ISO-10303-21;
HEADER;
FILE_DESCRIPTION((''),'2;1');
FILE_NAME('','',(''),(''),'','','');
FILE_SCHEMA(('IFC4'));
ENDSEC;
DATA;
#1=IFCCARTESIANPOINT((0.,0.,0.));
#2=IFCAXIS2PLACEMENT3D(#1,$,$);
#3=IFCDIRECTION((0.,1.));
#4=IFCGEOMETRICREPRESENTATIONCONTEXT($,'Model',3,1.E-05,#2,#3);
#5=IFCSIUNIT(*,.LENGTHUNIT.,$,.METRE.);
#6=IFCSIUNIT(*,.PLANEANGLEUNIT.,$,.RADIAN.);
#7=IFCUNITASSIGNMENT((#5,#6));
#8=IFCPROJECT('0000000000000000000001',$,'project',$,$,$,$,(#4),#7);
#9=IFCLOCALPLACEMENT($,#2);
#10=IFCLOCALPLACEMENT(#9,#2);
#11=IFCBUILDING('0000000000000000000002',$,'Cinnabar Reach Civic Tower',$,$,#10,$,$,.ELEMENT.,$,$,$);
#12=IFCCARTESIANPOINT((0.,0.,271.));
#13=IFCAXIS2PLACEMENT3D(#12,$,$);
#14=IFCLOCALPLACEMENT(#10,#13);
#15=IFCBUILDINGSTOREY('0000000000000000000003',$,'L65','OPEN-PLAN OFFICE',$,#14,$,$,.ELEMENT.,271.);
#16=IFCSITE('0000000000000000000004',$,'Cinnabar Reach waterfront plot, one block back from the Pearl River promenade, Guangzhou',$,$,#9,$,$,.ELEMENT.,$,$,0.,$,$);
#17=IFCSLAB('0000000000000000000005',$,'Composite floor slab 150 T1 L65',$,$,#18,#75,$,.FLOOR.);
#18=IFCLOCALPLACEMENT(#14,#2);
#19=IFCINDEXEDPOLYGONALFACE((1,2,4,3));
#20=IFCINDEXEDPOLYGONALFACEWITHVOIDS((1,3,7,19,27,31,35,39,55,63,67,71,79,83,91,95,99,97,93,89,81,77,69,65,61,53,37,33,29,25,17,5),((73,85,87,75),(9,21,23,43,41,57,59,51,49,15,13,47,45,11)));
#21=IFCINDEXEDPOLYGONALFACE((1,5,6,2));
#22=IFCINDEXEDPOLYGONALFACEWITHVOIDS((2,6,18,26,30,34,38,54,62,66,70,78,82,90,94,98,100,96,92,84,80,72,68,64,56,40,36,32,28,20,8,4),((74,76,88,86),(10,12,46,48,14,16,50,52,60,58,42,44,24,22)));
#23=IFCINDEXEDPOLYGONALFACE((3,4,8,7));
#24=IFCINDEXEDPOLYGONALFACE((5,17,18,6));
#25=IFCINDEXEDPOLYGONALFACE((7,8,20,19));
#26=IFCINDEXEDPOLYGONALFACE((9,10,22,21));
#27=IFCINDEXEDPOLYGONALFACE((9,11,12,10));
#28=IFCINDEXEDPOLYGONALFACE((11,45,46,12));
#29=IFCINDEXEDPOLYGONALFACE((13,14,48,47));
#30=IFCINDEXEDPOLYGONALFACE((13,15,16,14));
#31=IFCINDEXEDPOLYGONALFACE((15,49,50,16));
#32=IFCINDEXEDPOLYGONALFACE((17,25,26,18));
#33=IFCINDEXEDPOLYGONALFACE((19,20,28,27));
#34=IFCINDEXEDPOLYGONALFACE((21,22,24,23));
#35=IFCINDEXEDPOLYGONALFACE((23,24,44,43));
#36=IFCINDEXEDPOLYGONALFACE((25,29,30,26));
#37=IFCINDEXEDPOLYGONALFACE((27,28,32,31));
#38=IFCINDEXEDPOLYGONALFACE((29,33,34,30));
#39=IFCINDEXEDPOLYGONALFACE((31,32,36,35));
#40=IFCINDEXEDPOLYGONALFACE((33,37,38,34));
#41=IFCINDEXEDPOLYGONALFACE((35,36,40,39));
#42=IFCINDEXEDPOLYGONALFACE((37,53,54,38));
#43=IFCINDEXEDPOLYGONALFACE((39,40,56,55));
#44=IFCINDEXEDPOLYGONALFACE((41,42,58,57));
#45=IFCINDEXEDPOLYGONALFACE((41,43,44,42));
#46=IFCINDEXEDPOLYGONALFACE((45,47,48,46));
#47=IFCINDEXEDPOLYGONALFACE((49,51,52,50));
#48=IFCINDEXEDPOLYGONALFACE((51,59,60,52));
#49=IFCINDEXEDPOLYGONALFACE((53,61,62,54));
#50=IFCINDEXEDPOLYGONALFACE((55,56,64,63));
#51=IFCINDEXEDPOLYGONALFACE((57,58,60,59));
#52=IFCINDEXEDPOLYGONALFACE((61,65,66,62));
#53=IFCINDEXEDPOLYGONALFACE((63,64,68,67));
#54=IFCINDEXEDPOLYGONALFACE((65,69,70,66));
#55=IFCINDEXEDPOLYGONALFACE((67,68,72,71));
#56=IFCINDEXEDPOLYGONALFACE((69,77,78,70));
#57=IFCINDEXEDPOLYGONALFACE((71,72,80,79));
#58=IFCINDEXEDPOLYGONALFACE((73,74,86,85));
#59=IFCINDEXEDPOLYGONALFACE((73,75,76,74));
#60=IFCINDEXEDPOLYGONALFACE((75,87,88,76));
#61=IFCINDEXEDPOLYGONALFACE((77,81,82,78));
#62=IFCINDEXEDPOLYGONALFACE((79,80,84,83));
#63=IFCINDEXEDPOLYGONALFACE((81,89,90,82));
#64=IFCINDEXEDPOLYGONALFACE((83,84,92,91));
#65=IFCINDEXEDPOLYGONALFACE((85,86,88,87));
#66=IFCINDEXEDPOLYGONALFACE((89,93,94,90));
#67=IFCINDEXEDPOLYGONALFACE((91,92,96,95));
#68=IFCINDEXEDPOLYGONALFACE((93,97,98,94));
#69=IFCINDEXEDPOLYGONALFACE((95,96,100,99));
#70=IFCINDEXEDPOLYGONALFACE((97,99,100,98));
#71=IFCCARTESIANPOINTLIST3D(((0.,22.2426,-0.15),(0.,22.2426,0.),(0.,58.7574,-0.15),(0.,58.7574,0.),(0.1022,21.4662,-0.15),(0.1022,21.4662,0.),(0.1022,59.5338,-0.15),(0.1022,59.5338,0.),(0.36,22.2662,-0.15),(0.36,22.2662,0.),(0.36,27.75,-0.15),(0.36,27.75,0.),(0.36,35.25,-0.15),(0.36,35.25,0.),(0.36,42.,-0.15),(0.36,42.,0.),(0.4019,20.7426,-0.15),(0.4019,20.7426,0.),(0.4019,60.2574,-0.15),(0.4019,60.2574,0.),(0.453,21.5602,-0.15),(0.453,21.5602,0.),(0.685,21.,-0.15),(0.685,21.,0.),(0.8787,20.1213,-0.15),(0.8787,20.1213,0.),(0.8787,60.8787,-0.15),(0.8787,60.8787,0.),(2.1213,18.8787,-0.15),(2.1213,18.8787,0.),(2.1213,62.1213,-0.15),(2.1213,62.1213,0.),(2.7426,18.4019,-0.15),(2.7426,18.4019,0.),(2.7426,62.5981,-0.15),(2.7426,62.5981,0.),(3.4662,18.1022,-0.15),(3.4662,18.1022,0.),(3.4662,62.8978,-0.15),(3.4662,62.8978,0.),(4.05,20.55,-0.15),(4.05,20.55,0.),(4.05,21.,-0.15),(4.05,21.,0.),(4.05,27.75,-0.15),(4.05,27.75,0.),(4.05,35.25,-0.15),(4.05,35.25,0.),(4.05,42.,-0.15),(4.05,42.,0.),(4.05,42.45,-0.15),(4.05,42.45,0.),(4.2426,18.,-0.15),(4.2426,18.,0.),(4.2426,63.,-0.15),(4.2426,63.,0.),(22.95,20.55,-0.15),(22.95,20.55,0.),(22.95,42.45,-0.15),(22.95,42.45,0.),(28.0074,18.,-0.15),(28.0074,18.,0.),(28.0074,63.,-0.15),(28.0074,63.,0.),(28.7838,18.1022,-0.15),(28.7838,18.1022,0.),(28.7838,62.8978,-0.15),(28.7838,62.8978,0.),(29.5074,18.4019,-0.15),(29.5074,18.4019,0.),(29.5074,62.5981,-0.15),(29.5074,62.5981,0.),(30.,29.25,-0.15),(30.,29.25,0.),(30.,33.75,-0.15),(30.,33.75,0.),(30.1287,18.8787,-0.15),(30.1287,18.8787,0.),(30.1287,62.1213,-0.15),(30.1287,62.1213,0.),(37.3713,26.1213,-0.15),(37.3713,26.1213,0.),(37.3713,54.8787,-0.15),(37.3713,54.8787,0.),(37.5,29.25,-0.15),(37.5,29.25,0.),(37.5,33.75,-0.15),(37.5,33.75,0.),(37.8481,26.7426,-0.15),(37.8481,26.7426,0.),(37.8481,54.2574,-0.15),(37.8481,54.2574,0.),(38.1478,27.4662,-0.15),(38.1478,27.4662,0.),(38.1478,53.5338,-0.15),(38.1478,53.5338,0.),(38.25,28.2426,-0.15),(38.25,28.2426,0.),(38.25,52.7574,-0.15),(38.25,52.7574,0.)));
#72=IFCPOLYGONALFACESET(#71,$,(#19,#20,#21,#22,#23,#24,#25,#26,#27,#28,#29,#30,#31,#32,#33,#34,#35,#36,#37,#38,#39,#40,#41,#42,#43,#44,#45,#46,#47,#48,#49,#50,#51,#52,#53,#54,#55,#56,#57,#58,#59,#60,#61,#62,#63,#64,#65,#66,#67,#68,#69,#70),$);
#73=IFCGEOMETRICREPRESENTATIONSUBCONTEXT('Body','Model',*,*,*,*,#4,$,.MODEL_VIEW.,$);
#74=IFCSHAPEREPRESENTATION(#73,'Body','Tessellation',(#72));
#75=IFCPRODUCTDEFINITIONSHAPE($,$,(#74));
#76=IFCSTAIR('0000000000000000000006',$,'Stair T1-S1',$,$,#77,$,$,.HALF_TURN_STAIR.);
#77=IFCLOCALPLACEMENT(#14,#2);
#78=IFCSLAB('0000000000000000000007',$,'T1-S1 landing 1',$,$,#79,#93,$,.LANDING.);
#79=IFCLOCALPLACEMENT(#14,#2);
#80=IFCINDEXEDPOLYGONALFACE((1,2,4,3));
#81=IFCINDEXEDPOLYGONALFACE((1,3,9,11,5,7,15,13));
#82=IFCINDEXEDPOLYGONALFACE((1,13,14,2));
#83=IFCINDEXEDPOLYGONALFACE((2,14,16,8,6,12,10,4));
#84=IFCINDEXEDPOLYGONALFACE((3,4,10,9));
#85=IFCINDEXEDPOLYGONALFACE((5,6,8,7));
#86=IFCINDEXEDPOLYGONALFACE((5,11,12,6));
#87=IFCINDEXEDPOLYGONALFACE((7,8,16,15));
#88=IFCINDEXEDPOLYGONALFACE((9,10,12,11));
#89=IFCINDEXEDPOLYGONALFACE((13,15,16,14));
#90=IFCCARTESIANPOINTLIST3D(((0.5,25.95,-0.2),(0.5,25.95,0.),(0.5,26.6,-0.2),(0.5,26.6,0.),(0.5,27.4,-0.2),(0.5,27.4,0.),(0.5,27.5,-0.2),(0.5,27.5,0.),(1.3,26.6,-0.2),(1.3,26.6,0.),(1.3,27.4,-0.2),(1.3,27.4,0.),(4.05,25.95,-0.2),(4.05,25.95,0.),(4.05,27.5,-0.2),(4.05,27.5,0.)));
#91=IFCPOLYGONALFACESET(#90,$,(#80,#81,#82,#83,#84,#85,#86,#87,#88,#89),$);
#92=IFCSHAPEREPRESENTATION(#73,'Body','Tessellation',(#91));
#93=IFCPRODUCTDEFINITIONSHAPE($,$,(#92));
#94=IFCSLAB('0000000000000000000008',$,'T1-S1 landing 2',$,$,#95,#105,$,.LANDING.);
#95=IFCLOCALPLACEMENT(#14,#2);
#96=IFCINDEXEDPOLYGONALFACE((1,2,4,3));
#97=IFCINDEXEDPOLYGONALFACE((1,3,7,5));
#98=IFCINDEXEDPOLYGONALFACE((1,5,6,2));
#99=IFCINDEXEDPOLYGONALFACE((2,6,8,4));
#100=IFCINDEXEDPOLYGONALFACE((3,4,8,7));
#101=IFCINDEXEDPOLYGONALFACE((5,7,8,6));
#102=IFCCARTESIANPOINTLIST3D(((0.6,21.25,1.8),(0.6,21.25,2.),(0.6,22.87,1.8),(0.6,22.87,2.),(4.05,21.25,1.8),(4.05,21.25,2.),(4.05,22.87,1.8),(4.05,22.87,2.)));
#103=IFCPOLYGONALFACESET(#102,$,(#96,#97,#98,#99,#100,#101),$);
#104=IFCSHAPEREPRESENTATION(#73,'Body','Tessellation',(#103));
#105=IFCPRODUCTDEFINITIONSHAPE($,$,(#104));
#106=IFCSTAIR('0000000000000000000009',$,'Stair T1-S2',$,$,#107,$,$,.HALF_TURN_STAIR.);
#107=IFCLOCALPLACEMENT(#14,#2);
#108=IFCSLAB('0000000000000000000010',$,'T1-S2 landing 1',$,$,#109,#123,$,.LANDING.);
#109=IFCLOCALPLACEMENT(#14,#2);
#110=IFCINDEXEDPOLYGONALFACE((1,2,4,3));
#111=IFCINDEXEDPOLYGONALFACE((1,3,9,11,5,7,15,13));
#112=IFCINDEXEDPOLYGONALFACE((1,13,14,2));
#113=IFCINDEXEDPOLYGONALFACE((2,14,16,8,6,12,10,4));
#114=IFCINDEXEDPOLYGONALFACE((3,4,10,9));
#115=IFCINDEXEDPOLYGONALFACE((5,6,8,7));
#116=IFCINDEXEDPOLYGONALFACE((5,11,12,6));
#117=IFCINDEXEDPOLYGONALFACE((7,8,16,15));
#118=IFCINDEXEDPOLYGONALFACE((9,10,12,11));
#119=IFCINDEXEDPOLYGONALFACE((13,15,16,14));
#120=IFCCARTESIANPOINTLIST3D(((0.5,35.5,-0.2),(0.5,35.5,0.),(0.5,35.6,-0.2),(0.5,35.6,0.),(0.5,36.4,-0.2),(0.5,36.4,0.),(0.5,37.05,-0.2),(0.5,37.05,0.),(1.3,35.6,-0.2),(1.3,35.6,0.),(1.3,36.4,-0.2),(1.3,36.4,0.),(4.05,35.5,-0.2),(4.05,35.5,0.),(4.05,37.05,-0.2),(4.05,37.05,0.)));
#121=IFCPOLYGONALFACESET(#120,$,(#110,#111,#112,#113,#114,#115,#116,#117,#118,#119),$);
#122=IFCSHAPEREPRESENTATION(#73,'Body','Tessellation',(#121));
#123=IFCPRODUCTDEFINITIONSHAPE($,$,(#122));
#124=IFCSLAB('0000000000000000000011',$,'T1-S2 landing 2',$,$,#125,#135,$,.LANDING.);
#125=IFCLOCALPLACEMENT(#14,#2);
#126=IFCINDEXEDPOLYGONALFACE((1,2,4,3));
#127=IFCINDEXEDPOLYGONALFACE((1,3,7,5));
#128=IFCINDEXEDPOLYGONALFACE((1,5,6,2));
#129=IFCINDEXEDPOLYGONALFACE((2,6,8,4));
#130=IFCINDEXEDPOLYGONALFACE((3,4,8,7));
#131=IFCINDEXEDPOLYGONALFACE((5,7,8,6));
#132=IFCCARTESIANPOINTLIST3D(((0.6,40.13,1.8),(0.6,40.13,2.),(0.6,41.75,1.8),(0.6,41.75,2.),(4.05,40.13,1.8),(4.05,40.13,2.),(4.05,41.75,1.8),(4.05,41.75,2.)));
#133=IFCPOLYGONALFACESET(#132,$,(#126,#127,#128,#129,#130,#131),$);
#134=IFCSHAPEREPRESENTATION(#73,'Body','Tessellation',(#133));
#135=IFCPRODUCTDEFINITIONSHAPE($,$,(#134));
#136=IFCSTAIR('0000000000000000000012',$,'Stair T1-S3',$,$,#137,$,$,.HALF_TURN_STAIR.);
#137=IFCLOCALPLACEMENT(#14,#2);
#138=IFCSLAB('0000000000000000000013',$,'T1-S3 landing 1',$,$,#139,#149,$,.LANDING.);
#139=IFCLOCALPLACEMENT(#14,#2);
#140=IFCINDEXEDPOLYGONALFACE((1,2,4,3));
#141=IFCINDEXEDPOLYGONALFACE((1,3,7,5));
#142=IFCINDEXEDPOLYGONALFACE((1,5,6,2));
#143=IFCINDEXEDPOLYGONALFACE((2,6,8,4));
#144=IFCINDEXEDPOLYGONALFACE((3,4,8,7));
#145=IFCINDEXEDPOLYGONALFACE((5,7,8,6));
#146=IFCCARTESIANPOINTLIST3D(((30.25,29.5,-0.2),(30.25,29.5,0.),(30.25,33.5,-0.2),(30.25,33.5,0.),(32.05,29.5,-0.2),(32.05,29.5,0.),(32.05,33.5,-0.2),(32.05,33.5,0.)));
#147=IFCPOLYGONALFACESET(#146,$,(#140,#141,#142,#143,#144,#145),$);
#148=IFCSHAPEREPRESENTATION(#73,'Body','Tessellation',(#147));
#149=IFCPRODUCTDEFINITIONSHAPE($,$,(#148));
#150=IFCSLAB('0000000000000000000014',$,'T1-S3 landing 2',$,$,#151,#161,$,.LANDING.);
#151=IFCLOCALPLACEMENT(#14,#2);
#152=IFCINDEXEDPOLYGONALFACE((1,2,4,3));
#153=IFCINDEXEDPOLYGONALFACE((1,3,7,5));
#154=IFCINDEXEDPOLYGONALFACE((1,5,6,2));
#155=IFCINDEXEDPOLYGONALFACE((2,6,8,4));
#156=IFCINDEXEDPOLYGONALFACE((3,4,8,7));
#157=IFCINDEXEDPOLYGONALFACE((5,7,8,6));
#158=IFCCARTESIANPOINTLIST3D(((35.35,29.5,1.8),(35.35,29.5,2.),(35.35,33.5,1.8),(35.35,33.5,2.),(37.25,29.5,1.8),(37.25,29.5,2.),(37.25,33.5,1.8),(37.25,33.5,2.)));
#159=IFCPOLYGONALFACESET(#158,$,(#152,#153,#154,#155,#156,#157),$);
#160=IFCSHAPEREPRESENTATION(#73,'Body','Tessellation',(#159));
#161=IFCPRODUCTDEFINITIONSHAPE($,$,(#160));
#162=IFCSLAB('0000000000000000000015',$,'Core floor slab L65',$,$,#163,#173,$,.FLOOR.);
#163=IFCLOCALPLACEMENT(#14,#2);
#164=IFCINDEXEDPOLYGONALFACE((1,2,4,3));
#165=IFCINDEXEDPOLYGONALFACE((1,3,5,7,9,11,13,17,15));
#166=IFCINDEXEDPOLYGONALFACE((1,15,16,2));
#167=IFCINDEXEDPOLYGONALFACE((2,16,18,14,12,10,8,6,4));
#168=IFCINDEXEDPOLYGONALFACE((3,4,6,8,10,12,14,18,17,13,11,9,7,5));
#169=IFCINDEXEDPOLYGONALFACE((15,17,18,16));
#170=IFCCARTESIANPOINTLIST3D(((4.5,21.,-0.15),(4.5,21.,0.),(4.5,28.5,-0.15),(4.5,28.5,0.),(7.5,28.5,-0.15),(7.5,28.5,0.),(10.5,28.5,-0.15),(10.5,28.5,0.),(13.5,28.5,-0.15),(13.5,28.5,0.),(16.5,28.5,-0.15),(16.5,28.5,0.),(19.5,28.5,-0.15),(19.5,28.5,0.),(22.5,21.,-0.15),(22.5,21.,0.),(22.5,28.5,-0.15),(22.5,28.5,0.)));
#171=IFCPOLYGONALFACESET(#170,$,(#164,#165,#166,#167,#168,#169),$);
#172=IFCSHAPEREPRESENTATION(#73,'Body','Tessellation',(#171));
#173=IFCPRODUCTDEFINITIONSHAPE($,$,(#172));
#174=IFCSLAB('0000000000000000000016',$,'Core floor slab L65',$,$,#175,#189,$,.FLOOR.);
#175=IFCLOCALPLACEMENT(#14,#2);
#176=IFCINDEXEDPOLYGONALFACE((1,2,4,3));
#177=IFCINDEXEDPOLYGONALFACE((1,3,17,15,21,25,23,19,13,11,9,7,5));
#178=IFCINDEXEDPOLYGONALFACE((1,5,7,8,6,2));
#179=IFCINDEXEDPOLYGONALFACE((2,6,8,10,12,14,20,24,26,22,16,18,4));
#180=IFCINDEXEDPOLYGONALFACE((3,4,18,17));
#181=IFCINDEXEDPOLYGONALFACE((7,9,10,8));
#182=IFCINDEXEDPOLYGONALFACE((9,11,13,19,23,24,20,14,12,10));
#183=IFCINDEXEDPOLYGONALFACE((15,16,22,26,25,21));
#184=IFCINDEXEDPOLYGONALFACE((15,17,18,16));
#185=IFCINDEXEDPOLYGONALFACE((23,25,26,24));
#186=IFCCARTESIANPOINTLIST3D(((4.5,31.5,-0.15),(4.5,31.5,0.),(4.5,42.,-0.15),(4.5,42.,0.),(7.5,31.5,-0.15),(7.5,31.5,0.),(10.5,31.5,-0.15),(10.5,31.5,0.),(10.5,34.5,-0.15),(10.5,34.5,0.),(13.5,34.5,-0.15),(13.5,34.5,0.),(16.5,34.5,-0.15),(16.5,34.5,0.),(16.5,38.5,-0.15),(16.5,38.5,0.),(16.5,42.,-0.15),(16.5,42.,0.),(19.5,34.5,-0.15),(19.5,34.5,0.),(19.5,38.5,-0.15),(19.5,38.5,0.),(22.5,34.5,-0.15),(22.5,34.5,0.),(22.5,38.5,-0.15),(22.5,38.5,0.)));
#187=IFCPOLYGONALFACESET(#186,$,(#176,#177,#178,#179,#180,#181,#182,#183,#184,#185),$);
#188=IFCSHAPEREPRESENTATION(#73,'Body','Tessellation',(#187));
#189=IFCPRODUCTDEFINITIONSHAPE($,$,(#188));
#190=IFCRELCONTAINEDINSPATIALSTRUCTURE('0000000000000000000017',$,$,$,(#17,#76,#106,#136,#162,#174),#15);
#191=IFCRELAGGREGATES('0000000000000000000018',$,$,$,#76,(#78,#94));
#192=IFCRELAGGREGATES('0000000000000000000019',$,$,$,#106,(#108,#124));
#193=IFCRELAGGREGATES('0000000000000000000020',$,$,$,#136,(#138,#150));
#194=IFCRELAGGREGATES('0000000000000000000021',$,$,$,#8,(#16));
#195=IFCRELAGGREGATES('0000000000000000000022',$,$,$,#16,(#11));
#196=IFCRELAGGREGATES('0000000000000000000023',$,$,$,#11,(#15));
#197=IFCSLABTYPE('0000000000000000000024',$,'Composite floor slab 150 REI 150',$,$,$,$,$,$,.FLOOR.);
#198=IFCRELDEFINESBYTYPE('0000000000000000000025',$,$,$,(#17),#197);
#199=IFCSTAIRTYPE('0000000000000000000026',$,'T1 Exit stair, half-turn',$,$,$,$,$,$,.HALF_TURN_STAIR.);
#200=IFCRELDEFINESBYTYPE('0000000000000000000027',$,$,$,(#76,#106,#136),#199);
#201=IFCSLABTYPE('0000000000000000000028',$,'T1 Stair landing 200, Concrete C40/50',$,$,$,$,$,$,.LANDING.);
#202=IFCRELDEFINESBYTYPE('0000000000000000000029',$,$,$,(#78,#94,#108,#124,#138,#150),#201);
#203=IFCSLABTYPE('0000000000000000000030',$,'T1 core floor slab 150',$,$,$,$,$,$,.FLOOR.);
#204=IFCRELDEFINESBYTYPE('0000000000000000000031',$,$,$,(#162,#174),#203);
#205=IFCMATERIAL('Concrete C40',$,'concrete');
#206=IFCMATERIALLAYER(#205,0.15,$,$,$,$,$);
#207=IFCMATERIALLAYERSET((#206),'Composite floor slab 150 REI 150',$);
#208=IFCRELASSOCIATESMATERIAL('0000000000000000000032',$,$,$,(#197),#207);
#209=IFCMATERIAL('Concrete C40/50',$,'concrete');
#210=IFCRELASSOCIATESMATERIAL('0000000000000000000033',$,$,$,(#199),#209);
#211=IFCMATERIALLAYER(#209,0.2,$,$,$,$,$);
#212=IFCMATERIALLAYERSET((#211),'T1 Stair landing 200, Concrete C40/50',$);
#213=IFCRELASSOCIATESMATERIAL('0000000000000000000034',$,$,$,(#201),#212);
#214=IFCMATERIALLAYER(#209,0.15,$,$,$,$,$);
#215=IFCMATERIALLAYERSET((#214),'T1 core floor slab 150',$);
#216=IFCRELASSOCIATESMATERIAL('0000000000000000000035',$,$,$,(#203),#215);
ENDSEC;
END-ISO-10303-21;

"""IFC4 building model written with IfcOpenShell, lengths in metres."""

from ifc_helpers import new_model, si_unit, direction, frame, origin, place, context, subcontext, project, spatial, polyline, outline, extrude, material, layer, layer_set, type_object, element, aggregate, save


model = new_model("IFC4")

# Units and contexts
model_context = context("Model", 3, precision=1e-05, world=origin(), true_north=direction((0.0, 1.0)))
body_context = subcontext(model_context, "Body", "Model", "MODEL_VIEW")
ifc_project = project(units=[si_unit("LENGTHUNIT", "METRE"), si_unit("PLANEANGLEUNIT", "RADIAN")], contexts=[model_context])

# Site, building, storey
site_placement = place(None, origin())
site = spatial("IfcSite", under=ifc_project, at=site_placement, Name="Cinnabar Reach waterfront plot, one block back from the Pearl River promenade, Guangzhou", CompositionType="ELEMENT", RefElevation=0.0)
building_placement = place(site_placement, origin())
building = spatial("IfcBuilding", under=site, at=building_placement, Name="Cinnabar Reach Civic Tower", CompositionType="ELEMENT")
storey_placement = place(building_placement, frame((0.0, 0.0, 271.0)))
storey = spatial("IfcBuildingStorey", under=building, at=storey_placement, Name="L65", Description="OPEN-PLAN OFFICE", CompositionType="ELEMENT", Elevation=271.0)

# Slab
ifc_material_1 = material(Name="Concrete C40", Category="concrete")
ifc_layer_1 = layer(ifc_material_1, 0.15)
ifc_layer_set_1 = layer_set([ifc_layer_1], Name="Composite floor slab 150 REI 150")
slab_type_1 = type_object("IfcSlabType", Name="Composite floor slab 150 REI 150", PredefinedType="FLOOR", material=ifc_layer_set_1)
slab_1_placement = place(storey_placement, frame((0.0, 0.0, -0.15)))
element("IfcSlab", 1, at=slab_1_placement, inside=storey, type_object=slab_type_1, Name="Composite floor slab 150 T1 L65", PredefinedType="FLOOR", context=body_context, shape_type="SweptSolid", body=[
    extrude(outline(polyline([(0.8787, 20.1213), (0.4019, 20.7426), (0.1022, 21.4662), (0.0, 22.2426), (0.0, 58.7574), (0.1022, 59.5338), (0.4019, 60.2574), (0.8787, 60.8787), (2.1213, 62.1213), (2.7426, 62.5981), (3.4662, 62.8978), (4.2426, 63.0), (28.0074, 63.0), (28.7838, 62.8978), (29.5074, 62.5981), (30.1287, 62.1213), (37.3713, 54.8787), (37.8481, 54.2574), (38.1478, 53.5338), (38.25, 52.7574), (38.25, 28.2426), (38.1478, 27.4662), (37.8481, 26.7426), (37.3713, 26.1213), (30.1287, 18.8787), (29.5074, 18.4019), (28.7838, 18.1022), (28.0074, 18.0), (4.2426, 18.0), (3.4662, 18.1022), (2.7426, 18.4019), (2.1213, 18.8787), (0.8787, 20.1213)]), holes=[polyline([(0.685, 21.0), (4.05, 21.0), (4.05, 20.55), (22.95, 20.55), (22.95, 42.45), (4.05, 42.45), (4.05, 42.0), (0.36, 42.0), (0.36, 35.25), (4.05, 35.25), (4.05, 27.75), (0.36, 27.75), (0.36, 22.2662), (0.453, 21.5602), (0.685, 21.0)]), polyline([(30.0, 33.75), (30.0, 29.25), (37.5, 29.25), (37.5, 33.75), (30.0, 33.75)])]), origin(), (0.0, 0.0, 1.0), 0.15),
])

# Stairs, slabs
ifc_material_2 = material(Name="Concrete C40/50", Category="concrete")
stair_type = type_object("IfcStairType", Name="T1 Exit stair, half-turn", PredefinedType="HALF_TURN_STAIR", material=ifc_material_2)
stair_1_placement = place(storey_placement, origin())
stair_1 = element("IfcStair", 2, at=stair_1_placement, inside=storey, type_object=stair_type, Name="Stair T1-S1", PredefinedType="HALF_TURN_STAIR")
ifc_layer_2 = layer(ifc_material_2, 0.2)
ifc_layer_set_2 = layer_set([ifc_layer_2], Name="T1 Stair landing 200, Concrete C40/50")
slab_type_2 = type_object("IfcSlabType", Name="T1 Stair landing 200, Concrete C40/50", PredefinedType="LANDING", material=ifc_layer_set_2)
slab_2_placement = place(storey_placement, frame((0.0, 0.0, -0.2)))
slab_2 = element("IfcSlab", 3, at=slab_2_placement, type_object=slab_type_2, Name="T1-S1 landing 1", PredefinedType="LANDING", context=body_context, shape_type="SweptSolid", body=[
    extrude(outline(polyline([(0.5, 27.5), (4.05, 27.5), (4.05, 25.95), (0.5, 25.95), (0.5, 26.6), (1.3, 26.6), (1.3, 27.4), (0.5, 27.4), (0.5, 27.5)])), origin(), (0.0, 0.0, 1.0), 0.2),
])
slab_3_placement = place(storey_placement, frame((0.0, 0.0, 1.8)))
slab_3 = element("IfcSlab", 4, at=slab_3_placement, type_object=slab_type_2, Name="T1-S1 landing 2", PredefinedType="LANDING", context=body_context, shape_type="SweptSolid", body=[
    extrude(outline(polyline([(0.6, 21.25), (0.6, 22.87), (4.05, 22.87), (4.05, 21.25), (0.6, 21.25)])), origin(), (0.0, 0.0, 1.0), 0.2),
])
aggregate(stair_1, [slab_2, slab_3])
stair_2_placement = place(storey_placement, origin())
stair_2 = element("IfcStair", 5, at=stair_2_placement, inside=storey, type_object=stair_type, Name="Stair T1-S2", PredefinedType="HALF_TURN_STAIR")
slab_4_placement = place(storey_placement, frame((0.0, 0.0, -0.2)))
slab_4 = element("IfcSlab", 6, at=slab_4_placement, type_object=slab_type_2, Name="T1-S2 landing 1", PredefinedType="LANDING", context=body_context, shape_type="SweptSolid", body=[
    extrude(outline(polyline([(0.5, 37.05), (4.05, 37.05), (4.05, 35.5), (0.5, 35.5), (0.5, 35.6), (1.3, 35.6), (1.3, 36.4), (0.5, 36.4), (0.5, 37.05)])), origin(), (0.0, 0.0, 1.0), 0.2),
])
slab_5_placement = place(storey_placement, frame((0.0, 0.0, 1.8)))
slab_5 = element("IfcSlab", 7, at=slab_5_placement, type_object=slab_type_2, Name="T1-S2 landing 2", PredefinedType="LANDING", context=body_context, shape_type="SweptSolid", body=[
    extrude(outline(polyline([(0.6, 40.13), (0.6, 41.75), (4.05, 41.75), (4.05, 40.13), (0.6, 40.13)])), origin(), (0.0, 0.0, 1.0), 0.2),
])
aggregate(stair_2, [slab_4, slab_5])
stair_3_placement = place(storey_placement, origin())
stair_3 = element("IfcStair", 8, at=stair_3_placement, inside=storey, type_object=stair_type, Name="Stair T1-S3", PredefinedType="HALF_TURN_STAIR")
slab_6_placement = place(storey_placement, frame((0.0, 0.0, -0.2)))
slab_6 = element("IfcSlab", 9, at=slab_6_placement, type_object=slab_type_2, Name="T1-S3 landing 1", PredefinedType="LANDING", context=body_context, shape_type="SweptSolid", body=[
    extrude(outline(polyline([(30.25, 29.5), (32.05, 29.5), (32.05, 33.5), (30.25, 33.5), (30.25, 29.5)])), origin(), (0.0, 0.0, 1.0), 0.2),
])
slab_7_placement = place(storey_placement, frame((0.0, 0.0, 1.8)))
slab_7 = element("IfcSlab", 10, at=slab_7_placement, type_object=slab_type_2, Name="T1-S3 landing 2", PredefinedType="LANDING", context=body_context, shape_type="SweptSolid", body=[
    extrude(outline(polyline([(35.35, 29.5), (37.25, 29.5), (37.25, 33.5), (35.35, 33.5), (35.35, 29.5)])), origin(), (0.0, 0.0, 1.0), 0.2),
])
aggregate(stair_3, [slab_6, slab_7])

# Slabs
ifc_layer_3 = layer(ifc_material_2, 0.15)
ifc_layer_set_3 = layer_set([ifc_layer_3], Name="T1 core floor slab 150")
slab_type_3 = type_object("IfcSlabType", Name="T1 core floor slab 150", PredefinedType="FLOOR", material=ifc_layer_set_3)
slab_8_placement = place(storey_placement, frame((0.0, 0.0, -0.15)))
element("IfcSlab", 11, at=slab_8_placement, inside=storey, type_object=slab_type_3, Name="Core floor slab L65", PredefinedType="FLOOR", context=body_context, shape_type="SweptSolid", body=[
    extrude(outline(polyline([(22.5, 21.0), (4.5, 21.0), (4.5, 28.5), (7.5, 28.5), (10.5, 28.5), (13.5, 28.5), (16.5, 28.5), (19.5, 28.5), (22.5, 28.5), (22.5, 21.0)])), origin(), (0.0, 0.0, 1.0), 0.15),
])
slab_9_placement = place(storey_placement, frame((0.0, 0.0, -0.15)))
element("IfcSlab", 12, at=slab_9_placement, inside=storey, type_object=slab_type_3, Name="Core floor slab L65", PredefinedType="FLOOR", context=body_context, shape_type="SweptSolid", body=[
    extrude(outline(polyline([(22.5, 34.5), (19.5, 34.5), (16.5, 34.5), (13.5, 34.5), (10.5, 34.5), (10.5, 31.5), (7.5, 31.5), (4.5, 31.5), (4.5, 42.0), (16.5, 42.0), (16.5, 38.5), (19.5, 38.5), (22.5, 38.5), (22.5, 34.5)])), origin(), (0.0, 0.0, 1.0), 0.15),
])

save(model, "model.ifc")
